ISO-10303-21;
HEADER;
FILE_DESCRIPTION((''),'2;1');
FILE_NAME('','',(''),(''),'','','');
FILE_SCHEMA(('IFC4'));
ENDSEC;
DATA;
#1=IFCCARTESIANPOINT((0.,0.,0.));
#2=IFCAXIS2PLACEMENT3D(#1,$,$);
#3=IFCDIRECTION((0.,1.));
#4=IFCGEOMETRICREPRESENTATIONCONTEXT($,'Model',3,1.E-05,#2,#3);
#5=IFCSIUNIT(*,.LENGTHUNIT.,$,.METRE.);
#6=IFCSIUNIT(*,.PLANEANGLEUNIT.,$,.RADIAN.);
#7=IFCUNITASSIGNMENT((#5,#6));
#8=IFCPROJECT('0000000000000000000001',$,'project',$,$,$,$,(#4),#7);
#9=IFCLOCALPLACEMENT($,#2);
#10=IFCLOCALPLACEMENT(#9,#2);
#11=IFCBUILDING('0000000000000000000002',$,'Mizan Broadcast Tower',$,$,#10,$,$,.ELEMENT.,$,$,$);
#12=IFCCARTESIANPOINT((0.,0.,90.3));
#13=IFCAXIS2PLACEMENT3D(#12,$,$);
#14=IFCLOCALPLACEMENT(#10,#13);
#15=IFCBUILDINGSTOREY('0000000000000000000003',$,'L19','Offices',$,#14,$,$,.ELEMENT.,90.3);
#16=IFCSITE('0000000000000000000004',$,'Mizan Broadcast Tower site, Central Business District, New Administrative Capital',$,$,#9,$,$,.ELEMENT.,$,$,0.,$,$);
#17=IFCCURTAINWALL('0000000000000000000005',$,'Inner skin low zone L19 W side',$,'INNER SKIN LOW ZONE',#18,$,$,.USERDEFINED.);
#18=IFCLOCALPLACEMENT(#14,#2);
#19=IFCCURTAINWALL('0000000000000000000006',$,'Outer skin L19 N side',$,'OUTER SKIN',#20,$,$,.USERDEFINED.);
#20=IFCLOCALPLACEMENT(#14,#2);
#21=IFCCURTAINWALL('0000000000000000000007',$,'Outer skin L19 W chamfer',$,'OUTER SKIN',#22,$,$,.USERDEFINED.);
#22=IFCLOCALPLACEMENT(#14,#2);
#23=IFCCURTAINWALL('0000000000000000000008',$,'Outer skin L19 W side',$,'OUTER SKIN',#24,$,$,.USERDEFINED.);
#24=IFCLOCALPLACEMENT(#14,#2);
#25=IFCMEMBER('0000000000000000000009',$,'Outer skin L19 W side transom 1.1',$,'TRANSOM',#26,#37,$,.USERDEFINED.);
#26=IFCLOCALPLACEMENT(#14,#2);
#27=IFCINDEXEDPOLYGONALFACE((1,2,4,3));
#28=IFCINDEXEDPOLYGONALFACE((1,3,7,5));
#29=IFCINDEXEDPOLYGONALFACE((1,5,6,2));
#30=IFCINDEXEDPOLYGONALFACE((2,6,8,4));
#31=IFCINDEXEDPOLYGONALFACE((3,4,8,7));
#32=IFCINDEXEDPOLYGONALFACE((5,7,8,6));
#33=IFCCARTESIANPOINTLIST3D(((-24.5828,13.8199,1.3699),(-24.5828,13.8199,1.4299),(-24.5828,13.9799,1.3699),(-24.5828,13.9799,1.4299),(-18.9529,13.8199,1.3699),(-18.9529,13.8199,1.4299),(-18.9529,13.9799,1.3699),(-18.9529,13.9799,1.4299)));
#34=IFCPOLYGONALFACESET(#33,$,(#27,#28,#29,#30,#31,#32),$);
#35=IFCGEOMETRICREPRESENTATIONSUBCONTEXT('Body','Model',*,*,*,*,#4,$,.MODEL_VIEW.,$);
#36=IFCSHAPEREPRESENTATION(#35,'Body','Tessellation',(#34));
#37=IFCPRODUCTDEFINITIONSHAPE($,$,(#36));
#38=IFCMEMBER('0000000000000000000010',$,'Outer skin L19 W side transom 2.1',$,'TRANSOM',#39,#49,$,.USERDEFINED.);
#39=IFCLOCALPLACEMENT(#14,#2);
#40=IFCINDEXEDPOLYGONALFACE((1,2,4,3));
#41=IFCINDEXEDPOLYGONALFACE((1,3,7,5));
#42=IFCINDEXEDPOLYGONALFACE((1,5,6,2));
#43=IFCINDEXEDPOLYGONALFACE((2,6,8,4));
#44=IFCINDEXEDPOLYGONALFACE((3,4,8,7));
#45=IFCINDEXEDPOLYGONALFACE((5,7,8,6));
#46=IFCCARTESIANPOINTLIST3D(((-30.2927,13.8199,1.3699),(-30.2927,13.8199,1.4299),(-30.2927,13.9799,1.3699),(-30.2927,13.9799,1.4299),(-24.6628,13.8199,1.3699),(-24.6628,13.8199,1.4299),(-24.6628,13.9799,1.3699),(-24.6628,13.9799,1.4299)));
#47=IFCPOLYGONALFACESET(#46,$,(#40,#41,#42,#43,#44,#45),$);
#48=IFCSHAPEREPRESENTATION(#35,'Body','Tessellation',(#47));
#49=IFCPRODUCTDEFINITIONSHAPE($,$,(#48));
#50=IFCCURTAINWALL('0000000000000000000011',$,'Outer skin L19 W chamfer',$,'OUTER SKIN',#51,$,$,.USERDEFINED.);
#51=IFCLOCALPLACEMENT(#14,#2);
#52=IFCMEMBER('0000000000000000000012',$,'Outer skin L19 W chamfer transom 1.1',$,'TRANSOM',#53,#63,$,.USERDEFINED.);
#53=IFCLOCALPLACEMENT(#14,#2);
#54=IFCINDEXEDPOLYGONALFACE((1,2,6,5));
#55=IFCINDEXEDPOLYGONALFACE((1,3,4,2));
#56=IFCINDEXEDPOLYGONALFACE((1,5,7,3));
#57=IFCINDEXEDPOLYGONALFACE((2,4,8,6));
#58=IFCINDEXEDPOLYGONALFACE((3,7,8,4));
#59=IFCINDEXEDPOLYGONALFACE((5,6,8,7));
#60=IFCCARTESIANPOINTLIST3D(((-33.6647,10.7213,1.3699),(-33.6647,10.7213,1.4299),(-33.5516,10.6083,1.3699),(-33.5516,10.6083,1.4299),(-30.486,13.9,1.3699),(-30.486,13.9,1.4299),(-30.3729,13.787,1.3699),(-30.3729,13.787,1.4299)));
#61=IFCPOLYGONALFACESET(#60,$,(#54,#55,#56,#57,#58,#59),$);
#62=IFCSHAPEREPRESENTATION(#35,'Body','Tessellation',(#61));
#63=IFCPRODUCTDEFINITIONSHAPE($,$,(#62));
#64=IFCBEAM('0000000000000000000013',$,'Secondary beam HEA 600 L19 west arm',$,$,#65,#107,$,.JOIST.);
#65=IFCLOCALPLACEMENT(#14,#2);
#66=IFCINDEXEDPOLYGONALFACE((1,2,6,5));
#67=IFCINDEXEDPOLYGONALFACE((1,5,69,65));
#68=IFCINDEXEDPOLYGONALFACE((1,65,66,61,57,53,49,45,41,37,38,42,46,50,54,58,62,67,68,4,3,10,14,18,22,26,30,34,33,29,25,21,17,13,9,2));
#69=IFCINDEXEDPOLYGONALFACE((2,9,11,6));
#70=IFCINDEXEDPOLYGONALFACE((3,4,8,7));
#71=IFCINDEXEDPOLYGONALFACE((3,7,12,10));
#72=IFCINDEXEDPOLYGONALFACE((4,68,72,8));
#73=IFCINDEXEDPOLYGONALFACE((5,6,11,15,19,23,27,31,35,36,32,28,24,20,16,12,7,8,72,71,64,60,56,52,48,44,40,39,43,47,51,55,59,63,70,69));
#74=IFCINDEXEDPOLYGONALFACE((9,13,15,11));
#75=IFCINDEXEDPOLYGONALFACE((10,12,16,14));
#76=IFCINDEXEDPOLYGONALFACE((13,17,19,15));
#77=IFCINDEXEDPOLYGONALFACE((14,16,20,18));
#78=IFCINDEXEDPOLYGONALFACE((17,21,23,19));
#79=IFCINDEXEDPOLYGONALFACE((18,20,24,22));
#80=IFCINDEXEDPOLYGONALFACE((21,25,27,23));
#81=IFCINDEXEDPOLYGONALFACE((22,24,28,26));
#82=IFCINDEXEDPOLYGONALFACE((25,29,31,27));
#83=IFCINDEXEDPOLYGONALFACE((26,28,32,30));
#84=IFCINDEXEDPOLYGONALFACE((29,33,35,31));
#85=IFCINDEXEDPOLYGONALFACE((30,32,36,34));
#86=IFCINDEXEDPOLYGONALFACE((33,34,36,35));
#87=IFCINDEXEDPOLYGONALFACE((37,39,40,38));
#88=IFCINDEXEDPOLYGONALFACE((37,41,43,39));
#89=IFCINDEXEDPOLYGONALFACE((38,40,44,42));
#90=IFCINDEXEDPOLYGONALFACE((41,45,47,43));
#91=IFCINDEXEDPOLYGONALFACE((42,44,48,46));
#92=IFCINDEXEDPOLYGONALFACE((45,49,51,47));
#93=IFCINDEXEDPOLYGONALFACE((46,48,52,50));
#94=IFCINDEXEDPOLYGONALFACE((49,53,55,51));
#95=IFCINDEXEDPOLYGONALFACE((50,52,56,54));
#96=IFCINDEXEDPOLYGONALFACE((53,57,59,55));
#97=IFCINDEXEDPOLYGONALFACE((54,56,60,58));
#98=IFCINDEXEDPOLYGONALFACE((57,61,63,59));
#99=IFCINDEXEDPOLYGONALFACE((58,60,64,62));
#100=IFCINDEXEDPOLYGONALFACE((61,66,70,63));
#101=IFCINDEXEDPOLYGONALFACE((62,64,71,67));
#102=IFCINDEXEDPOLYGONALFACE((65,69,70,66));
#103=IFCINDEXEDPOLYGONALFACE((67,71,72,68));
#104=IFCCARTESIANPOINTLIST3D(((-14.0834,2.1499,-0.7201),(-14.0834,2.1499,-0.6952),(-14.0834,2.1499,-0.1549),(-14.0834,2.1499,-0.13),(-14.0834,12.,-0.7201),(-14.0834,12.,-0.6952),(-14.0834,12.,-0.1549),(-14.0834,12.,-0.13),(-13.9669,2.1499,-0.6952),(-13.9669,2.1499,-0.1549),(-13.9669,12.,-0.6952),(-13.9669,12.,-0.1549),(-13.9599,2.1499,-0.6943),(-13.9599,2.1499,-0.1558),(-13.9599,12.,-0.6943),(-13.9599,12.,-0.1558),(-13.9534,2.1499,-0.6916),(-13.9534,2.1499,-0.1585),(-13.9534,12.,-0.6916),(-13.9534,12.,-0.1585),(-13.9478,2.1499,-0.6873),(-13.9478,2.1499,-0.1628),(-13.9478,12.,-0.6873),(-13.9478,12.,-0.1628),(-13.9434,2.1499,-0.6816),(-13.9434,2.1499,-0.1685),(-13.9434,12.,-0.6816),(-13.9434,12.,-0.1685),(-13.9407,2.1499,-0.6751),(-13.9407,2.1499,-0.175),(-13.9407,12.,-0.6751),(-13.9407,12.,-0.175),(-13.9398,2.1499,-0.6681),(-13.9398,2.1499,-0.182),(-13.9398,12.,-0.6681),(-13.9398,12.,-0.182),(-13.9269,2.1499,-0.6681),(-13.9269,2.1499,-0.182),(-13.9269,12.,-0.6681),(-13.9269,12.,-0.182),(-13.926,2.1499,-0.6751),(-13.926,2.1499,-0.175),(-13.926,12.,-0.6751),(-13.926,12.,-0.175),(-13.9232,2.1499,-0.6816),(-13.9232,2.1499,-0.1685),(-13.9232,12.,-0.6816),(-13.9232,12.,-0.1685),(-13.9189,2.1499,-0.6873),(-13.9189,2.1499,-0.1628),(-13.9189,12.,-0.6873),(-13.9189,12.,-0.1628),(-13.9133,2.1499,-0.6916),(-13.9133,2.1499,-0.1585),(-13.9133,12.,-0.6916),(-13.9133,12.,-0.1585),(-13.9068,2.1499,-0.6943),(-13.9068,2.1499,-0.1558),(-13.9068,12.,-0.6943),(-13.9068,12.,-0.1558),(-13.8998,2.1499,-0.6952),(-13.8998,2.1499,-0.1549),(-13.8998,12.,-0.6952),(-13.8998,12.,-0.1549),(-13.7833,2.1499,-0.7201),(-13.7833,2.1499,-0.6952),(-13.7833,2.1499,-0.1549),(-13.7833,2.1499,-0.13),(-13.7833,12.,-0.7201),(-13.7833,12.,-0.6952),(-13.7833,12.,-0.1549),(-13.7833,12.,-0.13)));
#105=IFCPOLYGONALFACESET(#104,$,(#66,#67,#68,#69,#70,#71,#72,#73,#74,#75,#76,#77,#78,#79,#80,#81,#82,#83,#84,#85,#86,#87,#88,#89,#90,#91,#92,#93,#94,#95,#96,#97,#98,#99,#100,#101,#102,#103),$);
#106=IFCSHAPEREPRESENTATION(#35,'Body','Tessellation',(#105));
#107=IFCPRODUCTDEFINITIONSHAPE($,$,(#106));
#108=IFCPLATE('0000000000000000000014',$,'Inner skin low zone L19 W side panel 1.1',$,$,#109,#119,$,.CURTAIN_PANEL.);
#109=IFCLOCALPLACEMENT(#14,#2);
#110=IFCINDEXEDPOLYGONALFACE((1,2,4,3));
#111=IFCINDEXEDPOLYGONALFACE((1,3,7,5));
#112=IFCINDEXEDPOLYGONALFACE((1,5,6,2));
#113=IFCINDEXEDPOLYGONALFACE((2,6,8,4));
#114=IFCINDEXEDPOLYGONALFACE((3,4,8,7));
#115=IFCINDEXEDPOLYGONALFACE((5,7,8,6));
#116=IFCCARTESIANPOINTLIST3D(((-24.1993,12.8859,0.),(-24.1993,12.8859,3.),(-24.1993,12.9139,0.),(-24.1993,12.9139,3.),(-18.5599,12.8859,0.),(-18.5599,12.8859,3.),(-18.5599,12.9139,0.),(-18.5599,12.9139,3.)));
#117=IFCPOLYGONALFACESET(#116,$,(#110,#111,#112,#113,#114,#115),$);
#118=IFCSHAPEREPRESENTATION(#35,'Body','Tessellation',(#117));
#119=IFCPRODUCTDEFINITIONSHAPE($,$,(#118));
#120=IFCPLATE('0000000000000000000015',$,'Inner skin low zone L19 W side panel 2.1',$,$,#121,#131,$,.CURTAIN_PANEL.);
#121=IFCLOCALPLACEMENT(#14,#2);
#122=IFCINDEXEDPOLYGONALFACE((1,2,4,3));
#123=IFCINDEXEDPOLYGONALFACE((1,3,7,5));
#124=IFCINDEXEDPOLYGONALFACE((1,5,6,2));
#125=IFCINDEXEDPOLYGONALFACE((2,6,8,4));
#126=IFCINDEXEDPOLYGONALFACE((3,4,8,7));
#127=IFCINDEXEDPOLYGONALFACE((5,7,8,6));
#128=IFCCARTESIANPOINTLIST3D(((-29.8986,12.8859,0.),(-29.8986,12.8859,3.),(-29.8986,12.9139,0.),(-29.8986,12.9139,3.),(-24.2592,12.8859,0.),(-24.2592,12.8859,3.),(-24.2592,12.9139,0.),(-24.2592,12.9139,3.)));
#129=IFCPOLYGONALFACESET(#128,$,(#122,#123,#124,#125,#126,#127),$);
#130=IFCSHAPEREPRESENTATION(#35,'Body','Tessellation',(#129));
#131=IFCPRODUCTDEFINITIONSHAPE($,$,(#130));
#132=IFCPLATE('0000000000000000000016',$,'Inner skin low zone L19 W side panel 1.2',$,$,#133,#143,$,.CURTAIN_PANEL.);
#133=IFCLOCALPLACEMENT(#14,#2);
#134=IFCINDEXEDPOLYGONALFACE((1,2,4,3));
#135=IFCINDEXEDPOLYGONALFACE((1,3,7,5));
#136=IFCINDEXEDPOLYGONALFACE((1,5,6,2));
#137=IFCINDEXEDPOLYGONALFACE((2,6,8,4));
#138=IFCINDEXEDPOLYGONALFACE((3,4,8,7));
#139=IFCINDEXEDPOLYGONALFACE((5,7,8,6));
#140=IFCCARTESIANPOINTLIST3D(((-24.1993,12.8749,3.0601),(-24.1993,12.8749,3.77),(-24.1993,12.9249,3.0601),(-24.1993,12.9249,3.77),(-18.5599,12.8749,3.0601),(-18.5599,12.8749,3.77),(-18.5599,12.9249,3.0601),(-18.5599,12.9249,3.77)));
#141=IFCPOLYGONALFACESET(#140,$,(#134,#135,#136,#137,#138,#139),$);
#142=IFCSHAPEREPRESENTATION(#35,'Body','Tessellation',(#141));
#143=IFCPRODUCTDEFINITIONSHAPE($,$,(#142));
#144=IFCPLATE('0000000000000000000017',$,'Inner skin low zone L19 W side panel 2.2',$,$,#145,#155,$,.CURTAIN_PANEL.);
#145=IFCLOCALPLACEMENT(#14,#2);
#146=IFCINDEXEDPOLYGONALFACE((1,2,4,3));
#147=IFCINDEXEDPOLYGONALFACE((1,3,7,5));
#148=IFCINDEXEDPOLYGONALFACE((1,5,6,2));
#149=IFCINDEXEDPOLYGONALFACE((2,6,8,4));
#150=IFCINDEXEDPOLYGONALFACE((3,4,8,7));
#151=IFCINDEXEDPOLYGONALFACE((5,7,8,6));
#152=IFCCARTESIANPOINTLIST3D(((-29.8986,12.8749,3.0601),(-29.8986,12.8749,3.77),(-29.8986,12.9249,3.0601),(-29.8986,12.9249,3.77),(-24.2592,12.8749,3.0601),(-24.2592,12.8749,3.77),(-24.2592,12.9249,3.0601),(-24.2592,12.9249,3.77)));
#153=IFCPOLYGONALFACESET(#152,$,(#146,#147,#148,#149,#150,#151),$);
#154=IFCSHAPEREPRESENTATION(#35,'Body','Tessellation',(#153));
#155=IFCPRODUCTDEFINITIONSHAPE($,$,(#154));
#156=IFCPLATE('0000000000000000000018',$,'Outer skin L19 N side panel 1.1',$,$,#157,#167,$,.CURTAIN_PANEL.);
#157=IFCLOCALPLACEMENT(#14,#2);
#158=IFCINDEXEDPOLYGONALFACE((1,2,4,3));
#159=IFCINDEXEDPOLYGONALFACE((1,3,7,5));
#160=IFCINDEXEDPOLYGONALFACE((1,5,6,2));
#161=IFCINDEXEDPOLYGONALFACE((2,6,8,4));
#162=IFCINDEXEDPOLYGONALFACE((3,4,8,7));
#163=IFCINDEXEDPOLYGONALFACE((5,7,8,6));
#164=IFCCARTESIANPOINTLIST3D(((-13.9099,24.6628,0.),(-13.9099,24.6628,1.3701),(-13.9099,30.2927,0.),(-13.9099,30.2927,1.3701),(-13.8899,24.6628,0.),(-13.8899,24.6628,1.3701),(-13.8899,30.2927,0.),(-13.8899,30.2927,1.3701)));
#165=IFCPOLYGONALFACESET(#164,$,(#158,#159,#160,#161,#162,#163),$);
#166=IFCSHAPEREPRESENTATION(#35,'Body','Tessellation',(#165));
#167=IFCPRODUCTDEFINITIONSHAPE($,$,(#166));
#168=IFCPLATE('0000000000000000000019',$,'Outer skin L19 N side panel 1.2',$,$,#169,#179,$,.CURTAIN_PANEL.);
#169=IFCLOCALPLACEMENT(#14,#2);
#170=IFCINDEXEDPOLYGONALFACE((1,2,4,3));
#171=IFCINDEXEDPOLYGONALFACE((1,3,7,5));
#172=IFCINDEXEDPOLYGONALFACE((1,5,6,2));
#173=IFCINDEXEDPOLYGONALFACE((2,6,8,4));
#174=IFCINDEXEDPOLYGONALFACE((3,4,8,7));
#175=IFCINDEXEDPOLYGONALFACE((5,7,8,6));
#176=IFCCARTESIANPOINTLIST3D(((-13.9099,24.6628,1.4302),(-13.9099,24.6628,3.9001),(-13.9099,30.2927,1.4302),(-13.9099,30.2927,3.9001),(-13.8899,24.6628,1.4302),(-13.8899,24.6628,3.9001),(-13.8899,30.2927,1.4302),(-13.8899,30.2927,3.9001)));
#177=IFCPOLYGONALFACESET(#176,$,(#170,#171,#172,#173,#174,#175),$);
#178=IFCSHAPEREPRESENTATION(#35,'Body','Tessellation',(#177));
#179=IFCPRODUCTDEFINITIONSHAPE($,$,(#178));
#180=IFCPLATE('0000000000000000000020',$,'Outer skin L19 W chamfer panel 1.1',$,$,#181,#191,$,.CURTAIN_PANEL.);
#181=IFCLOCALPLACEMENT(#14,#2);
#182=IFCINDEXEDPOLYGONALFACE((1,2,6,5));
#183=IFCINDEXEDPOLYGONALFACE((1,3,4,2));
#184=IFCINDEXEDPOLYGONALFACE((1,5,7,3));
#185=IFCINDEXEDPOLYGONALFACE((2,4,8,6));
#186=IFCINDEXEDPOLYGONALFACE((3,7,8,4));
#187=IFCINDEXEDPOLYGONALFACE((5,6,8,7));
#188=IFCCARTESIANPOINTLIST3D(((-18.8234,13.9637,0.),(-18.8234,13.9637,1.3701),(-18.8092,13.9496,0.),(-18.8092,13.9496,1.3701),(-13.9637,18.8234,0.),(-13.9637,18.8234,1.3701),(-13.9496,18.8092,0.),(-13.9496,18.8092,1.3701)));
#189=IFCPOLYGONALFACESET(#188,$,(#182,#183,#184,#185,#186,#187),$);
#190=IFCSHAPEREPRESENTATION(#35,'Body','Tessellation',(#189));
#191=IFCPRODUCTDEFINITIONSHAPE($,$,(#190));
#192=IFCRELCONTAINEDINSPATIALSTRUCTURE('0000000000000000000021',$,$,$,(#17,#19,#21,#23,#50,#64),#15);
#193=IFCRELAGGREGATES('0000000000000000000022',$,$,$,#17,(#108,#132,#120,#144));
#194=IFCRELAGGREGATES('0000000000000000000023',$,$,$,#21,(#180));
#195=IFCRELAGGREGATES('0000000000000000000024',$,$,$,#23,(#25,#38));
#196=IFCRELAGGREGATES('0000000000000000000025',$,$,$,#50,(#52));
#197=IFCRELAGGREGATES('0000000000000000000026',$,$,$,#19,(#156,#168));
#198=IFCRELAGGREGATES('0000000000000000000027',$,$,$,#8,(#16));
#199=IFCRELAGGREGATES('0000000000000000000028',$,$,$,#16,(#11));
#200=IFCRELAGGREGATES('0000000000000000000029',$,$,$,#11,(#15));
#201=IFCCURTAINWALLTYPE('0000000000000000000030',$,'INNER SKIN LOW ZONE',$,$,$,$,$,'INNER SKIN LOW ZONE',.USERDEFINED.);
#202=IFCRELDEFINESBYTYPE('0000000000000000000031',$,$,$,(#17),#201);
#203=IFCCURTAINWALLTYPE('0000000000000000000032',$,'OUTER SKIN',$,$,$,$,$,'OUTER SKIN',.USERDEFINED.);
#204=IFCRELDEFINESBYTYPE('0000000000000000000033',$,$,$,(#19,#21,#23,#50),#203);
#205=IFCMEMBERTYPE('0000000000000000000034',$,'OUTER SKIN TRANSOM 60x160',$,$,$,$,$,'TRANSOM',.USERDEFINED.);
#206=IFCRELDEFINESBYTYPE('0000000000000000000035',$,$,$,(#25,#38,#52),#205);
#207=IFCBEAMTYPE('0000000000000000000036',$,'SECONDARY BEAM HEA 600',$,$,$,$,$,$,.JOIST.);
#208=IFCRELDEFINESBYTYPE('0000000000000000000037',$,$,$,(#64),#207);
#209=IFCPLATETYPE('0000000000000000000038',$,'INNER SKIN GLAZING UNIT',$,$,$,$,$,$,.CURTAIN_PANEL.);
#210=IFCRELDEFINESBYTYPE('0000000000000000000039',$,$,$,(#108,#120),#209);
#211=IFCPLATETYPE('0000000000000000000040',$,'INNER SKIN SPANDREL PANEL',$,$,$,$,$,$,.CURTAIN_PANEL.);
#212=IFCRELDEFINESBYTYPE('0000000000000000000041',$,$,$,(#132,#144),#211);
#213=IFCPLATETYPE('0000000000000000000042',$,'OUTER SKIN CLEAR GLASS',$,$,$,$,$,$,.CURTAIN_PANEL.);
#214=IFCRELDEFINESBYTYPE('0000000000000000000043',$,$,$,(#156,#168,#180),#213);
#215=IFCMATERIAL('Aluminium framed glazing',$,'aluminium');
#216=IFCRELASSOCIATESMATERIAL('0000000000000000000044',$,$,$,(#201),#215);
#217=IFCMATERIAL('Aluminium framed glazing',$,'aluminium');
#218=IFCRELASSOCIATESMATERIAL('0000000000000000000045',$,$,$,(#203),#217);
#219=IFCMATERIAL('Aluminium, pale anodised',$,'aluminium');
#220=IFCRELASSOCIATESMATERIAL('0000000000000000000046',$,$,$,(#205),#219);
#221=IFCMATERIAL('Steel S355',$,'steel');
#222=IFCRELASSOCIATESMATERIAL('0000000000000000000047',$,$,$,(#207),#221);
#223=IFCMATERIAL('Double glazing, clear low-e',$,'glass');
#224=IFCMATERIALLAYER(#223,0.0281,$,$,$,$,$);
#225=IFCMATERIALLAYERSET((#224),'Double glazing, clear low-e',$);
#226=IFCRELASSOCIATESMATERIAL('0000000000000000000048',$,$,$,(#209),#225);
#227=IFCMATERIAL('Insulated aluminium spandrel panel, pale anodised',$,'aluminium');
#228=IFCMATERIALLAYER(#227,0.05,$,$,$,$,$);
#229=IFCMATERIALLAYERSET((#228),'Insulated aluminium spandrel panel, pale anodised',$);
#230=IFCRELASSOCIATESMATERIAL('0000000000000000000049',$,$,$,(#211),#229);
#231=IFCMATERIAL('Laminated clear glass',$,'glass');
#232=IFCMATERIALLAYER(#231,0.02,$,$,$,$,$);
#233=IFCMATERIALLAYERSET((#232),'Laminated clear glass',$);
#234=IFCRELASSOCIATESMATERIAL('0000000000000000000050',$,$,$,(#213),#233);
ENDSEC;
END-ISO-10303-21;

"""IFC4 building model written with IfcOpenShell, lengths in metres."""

from ifc_helpers import new_model, si_unit, direction, frame, origin, origin_2d, place, context, subcontext, project, spatial, rectangle, i_section, extrude, material, layer, layer_set, material_profile, profile_set, type_object, element, aggregate, save


model = new_model("IFC4")

# Units and contexts
model_context = context("Model", 3, precision=1e-05, world=origin(), true_north=direction((0.0, 1.0)))
body_context = subcontext(model_context, "Body", "Model", "MODEL_VIEW")
ifc_project = project(units=[si_unit("LENGTHUNIT", "METRE"), si_unit("PLANEANGLEUNIT", "RADIAN")], contexts=[model_context])

# Site, building, storey
site_placement = place(None, origin())
site = spatial("IfcSite", under=ifc_project, at=site_placement, Name="Mizan Broadcast Tower site, Central Business District, New Administrative Capital", CompositionType="ELEMENT", RefElevation=0.0)
building_placement = place(site_placement, origin())
building = spatial("IfcBuilding", under=site, at=building_placement, Name="Mizan Broadcast Tower", CompositionType="ELEMENT")
storey_placement = place(building_placement, frame((0.0, 0.0, 90.3)))
storey = spatial("IfcBuildingStorey", under=building, at=storey_placement, Name="L19", Description="Offices", CompositionType="ELEMENT", Elevation=90.3)

# Curtain wall
ifc_material_1 = material(Name="Aluminium framed glazing", Category="aluminium")
curtain_wall_type_1 = type_object("IfcCurtainWallType", Name="INNER SKIN LOW ZONE", ElementType="INNER SKIN LOW ZONE", PredefinedType="USERDEFINED", material=ifc_material_1)
curtain_wall_1_placement = place(storey_placement, origin())
curtain_wall_1 = element("IfcCurtainWall", 1, at=curtain_wall_1_placement, inside=storey, type_object=curtain_wall_type_1, Name="Inner skin low zone L19 W side", ObjectType="INNER SKIN LOW ZONE", PredefinedType="USERDEFINED")

# Shared definitions
ifc_material_2 = material(Name="Aluminium framed glazing", Category="aluminium")
curtain_wall_type_2 = type_object("IfcCurtainWallType", Name="OUTER SKIN", ElementType="OUTER SKIN", PredefinedType="USERDEFINED", material=ifc_material_2)

# Curtain wall
curtain_wall_2_placement = place(storey_placement, origin())
curtain_wall_2 = element("IfcCurtainWall", 2, at=curtain_wall_2_placement, inside=storey, type_object=curtain_wall_type_2, Name="Outer skin L19 N side", ObjectType="OUTER SKIN", PredefinedType="USERDEFINED")

# Curtain wall
curtain_wall_3_placement = place(storey_placement, origin())
curtain_wall_3 = element("IfcCurtainWall", 3, at=curtain_wall_3_placement, inside=storey, type_object=curtain_wall_type_2, Name="Outer skin L19 W chamfer", ObjectType="OUTER SKIN", PredefinedType="USERDEFINED")

# Curtain wall
curtain_wall_4_placement = place(storey_placement, origin())
curtain_wall_4 = element("IfcCurtainWall", 4, at=curtain_wall_4_placement, inside=storey, type_object=curtain_wall_type_2, Name="Outer skin L19 W side", ObjectType="OUTER SKIN", PredefinedType="USERDEFINED")

# Members
ifc_material_3 = material(Name="Aluminium, pale anodised", Category="aluminium")
ifc_material_profile_1 = material_profile(ifc_material_3, rectangle(XDim=0.1599, YDim=0.0601, at=origin_2d()), Name="TRANSOM 160x60")
ifc_profile_set_1 = profile_set([ifc_material_profile_1], Name="Aluminium, pale anodised")
member_type_1 = type_object("IfcMemberType", Name="OUTER SKIN TRANSOM 60x160", ElementType="TRANSOM", PredefinedType="USERDEFINED", material=ifc_profile_set_1)
member_1_placement = place(storey_placement, frame((-18.9529, 13.8999, 1.3999), z_axis=(-1.0, 0.0, 0.0), x_axis=(0.0, -1.0, 0.0)))
member_1 = element("IfcMember", 5, at=member_1_placement, type_object=member_type_1, Name="Outer skin L19 W side transom 1.1", ObjectType="TRANSOM", PredefinedType="USERDEFINED", context=body_context, shape_type="SweptSolid", body=[
    extrude(rectangle(XDim=0.1599, YDim=0.0601, at=origin_2d()), origin(), (0.0, 0.0, 1.0), 5.6299),
])
member_2_placement = place(storey_placement, frame((-24.6628, 13.8999, 1.3999), z_axis=(-1.0, 0.0, 0.0), x_axis=(0.0, -1.0, 0.0)))
member_2 = element("IfcMember", 6, at=member_2_placement, type_object=member_type_1, Name="Outer skin L19 W side transom 2.1", ObjectType="TRANSOM", PredefinedType="USERDEFINED", context=body_context, shape_type="SweptSolid", body=[
    extrude(rectangle(XDim=0.1599, YDim=0.0601, at=origin_2d()), origin(), (0.0, 0.0, 1.0), 5.6299),
])

# Curtain wall, member
curtain_wall_5_placement = place(storey_placement, origin())
curtain_wall_5 = element("IfcCurtainWall", 7, at=curtain_wall_5_placement, inside=storey, type_object=curtain_wall_type_2, Name="Outer skin L19 W chamfer", ObjectType="OUTER SKIN", PredefinedType="USERDEFINED")
member_3_placement = place(storey_placement, frame((-30.4294, 13.8435, 1.3999), z_axis=(-0.707107, -0.707107, 0.0), x_axis=(0.707107, -0.707107, 0.0)))
member_3 = element("IfcMember", 8, at=member_3_placement, type_object=member_type_1, Name="Outer skin L19 W chamfer transom 1.1", ObjectType="TRANSOM", PredefinedType="USERDEFINED", context=body_context, shape_type="SweptSolid", body=[
    extrude(rectangle(XDim=0.1599, YDim=0.0601, at=origin_2d()), origin(), (0.0, 0.0, 1.0), 4.4954),
])

# Beam
ifc_material_4 = material(Name="Steel S355", Category="steel")
ifc_material_profile_2 = material_profile(ifc_material_4, i_section(OverallWidth=0.3, OverallDepth=0.5901, WebThickness=0.0129, FlangeThickness=0.0249, FilletRadius=0.0271, at=origin_2d()), Name="HEA 600")
ifc_profile_set_2 = profile_set([ifc_material_profile_2], Name="Steel S355")
beam_type = type_object("IfcBeamType", Name="SECONDARY BEAM HEA 600", PredefinedType="JOIST", material=ifc_profile_set_2)
beam_placement = place(storey_placement, frame((-13.9333, 12.0, -0.425), z_axis=(0.0, -1.0, 0.0), x_axis=(1.0, 0.0, 0.0)))
element("IfcBeam", 9, at=beam_placement, inside=storey, type_object=beam_type, Name="Secondary beam HEA 600 L19 west arm", PredefinedType="JOIST", context=body_context, shape_type="SweptSolid", body=[
    extrude(i_section(OverallWidth=0.3, OverallDepth=0.5901, WebThickness=0.0129, FlangeThickness=0.0249, FilletRadius=0.0271, at=origin_2d()), origin(), (0.0, 0.0, 1.0), 9.8501),
])

# Plates
ifc_material_5 = material(Name="Double glazing, clear low-e", Category="glass")
ifc_layer_1 = layer(ifc_material_5, 0.0281)
ifc_layer_set_1 = layer_set([ifc_layer_1], Name="Double glazing, clear low-e")
plate_type_1 = type_object("IfcPlateType", Name="INNER SKIN GLAZING UNIT", PredefinedType="CURTAIN_PANEL", material=ifc_layer_set_1)
plate_1_placement = place(storey_placement, frame((-21.3796, 12.8999, 0.0), z_axis=(0.0, 0.0, 1.0), x_axis=(-1.0, 0.0, 0.0)))
plate_1 = element("IfcPlate", 10, at=plate_1_placement, type_object=plate_type_1, Name="Inner skin low zone L19 W side panel 1.1", PredefinedType="CURTAIN_PANEL", context=body_context, shape_type="SweptSolid", body=[
    extrude(rectangle(XDim=5.6394, YDim=0.0281, at=origin_2d()), origin(), (0.0, 0.0, 1.0), 3.0),
])
plate_2_placement = place(storey_placement, frame((-27.0789, 12.8999, 0.0), z_axis=(0.0, 0.0, 1.0), x_axis=(-1.0, 0.0, 0.0)))
plate_2 = element("IfcPlate", 11, at=plate_2_placement, type_object=plate_type_1, Name="Inner skin low zone L19 W side panel 2.1", PredefinedType="CURTAIN_PANEL", context=body_context, shape_type="SweptSolid", body=[
    extrude(rectangle(XDim=5.6394, YDim=0.0281, at=origin_2d()), origin(), (0.0, 0.0, 1.0), 3.0),
])
ifc_material_6 = material(Name="Insulated aluminium spandrel panel, pale anodised", Category="aluminium")
ifc_layer_2 = layer(ifc_material_6, 0.05)
ifc_layer_set_2 = layer_set([ifc_layer_2], Name="Insulated aluminium spandrel panel, pale anodised")
plate_type_2 = type_object("IfcPlateType", Name="INNER SKIN SPANDREL PANEL", PredefinedType="CURTAIN_PANEL", material=ifc_layer_set_2)
plate_3_placement = place(storey_placement, frame((-21.3796, 12.8999, 3.0601), z_axis=(0.0, 0.0, 1.0), x_axis=(-1.0, 0.0, 0.0)))
plate_3 = element("IfcPlate", 12, at=plate_3_placement, type_object=plate_type_2, Name="Inner skin low zone L19 W side panel 1.2", PredefinedType="CURTAIN_PANEL", context=body_context, shape_type="SweptSolid", body=[
    extrude(rectangle(XDim=5.6394, YDim=0.05, at=origin_2d()), origin(), (0.0, 0.0, 1.0), 0.71),
])
plate_4_placement = place(storey_placement, frame((-27.0789, 12.8999, 3.0601), z_axis=(0.0, 0.0, 1.0), x_axis=(-1.0, 0.0, 0.0)))
plate_4 = element("IfcPlate", 13, at=plate_4_placement, type_object=plate_type_2, Name="Inner skin low zone L19 W side panel 2.2", PredefinedType="CURTAIN_PANEL", context=body_context, shape_type="SweptSolid", body=[
    extrude(rectangle(XDim=5.6394, YDim=0.05, at=origin_2d()), origin(), (0.0, 0.0, 1.0), 0.71),
])
aggregate(curtain_wall_1, [plate_1, plate_3, plate_2, plate_4])
ifc_material_7 = material(Name="Laminated clear glass", Category="glass")
ifc_layer_3 = layer(ifc_material_7, 0.02)
ifc_layer_set_3 = layer_set([ifc_layer_3], Name="Laminated clear glass")
plate_type_3 = type_object("IfcPlateType", Name="OUTER SKIN CLEAR GLASS", PredefinedType="CURTAIN_PANEL", material=ifc_layer_set_3)
plate_5_placement = place(storey_placement, frame((-13.8999, 27.4778, 0.0), z_axis=(0.0, 0.0, 1.0), x_axis=(0.0, -1.0, 0.0)))
plate_5 = element("IfcPlate", 14, at=plate_5_placement, type_object=plate_type_3, Name="Outer skin L19 N side panel 1.1", PredefinedType="CURTAIN_PANEL", context=body_context, shape_type="SweptSolid", body=[
    extrude(rectangle(XDim=5.6299, YDim=0.02, at=origin_2d()), origin(), (0.0, 0.0, 1.0), 1.3701),
])
plate_6_placement = place(storey_placement, frame((-13.8999, 27.4778, 1.4302), z_axis=(0.0, 0.0, 1.0), x_axis=(0.0, -1.0, 0.0)))
plate_6 = element("IfcPlate", 15, at=plate_6_placement, type_object=plate_type_3, Name="Outer skin L19 N side panel 1.2", PredefinedType="CURTAIN_PANEL", context=body_context, shape_type="SweptSolid", body=[
    extrude(rectangle(XDim=5.6299, YDim=0.02, at=origin_2d()), origin(), (0.0, 0.0, 1.0), 2.47),
])
plate_7_placement = place(storey_placement, frame((-16.3865, 16.3865, 0.0), z_axis=(0.0, 0.0, 1.0), x_axis=(-0.707107, -0.707107, 0.0)))
plate_7 = element("IfcPlate", 16, at=plate_7_placement, type_object=plate_type_3, Name="Outer skin L19 W chamfer panel 1.1", PredefinedType="CURTAIN_PANEL", context=body_context, shape_type="SweptSolid", body=[
    extrude(rectangle(XDim=6.8726, YDim=0.02, at=origin_2d()), origin(), (0.0, 0.0, 1.0), 1.3701),
])
aggregate(curtain_wall_3, [plate_7])
aggregate(curtain_wall_4, [member_1, member_2])
aggregate(curtain_wall_5, [member_3])
aggregate(curtain_wall_2, [plate_5, plate_6])

save(model, "model.ifc")
